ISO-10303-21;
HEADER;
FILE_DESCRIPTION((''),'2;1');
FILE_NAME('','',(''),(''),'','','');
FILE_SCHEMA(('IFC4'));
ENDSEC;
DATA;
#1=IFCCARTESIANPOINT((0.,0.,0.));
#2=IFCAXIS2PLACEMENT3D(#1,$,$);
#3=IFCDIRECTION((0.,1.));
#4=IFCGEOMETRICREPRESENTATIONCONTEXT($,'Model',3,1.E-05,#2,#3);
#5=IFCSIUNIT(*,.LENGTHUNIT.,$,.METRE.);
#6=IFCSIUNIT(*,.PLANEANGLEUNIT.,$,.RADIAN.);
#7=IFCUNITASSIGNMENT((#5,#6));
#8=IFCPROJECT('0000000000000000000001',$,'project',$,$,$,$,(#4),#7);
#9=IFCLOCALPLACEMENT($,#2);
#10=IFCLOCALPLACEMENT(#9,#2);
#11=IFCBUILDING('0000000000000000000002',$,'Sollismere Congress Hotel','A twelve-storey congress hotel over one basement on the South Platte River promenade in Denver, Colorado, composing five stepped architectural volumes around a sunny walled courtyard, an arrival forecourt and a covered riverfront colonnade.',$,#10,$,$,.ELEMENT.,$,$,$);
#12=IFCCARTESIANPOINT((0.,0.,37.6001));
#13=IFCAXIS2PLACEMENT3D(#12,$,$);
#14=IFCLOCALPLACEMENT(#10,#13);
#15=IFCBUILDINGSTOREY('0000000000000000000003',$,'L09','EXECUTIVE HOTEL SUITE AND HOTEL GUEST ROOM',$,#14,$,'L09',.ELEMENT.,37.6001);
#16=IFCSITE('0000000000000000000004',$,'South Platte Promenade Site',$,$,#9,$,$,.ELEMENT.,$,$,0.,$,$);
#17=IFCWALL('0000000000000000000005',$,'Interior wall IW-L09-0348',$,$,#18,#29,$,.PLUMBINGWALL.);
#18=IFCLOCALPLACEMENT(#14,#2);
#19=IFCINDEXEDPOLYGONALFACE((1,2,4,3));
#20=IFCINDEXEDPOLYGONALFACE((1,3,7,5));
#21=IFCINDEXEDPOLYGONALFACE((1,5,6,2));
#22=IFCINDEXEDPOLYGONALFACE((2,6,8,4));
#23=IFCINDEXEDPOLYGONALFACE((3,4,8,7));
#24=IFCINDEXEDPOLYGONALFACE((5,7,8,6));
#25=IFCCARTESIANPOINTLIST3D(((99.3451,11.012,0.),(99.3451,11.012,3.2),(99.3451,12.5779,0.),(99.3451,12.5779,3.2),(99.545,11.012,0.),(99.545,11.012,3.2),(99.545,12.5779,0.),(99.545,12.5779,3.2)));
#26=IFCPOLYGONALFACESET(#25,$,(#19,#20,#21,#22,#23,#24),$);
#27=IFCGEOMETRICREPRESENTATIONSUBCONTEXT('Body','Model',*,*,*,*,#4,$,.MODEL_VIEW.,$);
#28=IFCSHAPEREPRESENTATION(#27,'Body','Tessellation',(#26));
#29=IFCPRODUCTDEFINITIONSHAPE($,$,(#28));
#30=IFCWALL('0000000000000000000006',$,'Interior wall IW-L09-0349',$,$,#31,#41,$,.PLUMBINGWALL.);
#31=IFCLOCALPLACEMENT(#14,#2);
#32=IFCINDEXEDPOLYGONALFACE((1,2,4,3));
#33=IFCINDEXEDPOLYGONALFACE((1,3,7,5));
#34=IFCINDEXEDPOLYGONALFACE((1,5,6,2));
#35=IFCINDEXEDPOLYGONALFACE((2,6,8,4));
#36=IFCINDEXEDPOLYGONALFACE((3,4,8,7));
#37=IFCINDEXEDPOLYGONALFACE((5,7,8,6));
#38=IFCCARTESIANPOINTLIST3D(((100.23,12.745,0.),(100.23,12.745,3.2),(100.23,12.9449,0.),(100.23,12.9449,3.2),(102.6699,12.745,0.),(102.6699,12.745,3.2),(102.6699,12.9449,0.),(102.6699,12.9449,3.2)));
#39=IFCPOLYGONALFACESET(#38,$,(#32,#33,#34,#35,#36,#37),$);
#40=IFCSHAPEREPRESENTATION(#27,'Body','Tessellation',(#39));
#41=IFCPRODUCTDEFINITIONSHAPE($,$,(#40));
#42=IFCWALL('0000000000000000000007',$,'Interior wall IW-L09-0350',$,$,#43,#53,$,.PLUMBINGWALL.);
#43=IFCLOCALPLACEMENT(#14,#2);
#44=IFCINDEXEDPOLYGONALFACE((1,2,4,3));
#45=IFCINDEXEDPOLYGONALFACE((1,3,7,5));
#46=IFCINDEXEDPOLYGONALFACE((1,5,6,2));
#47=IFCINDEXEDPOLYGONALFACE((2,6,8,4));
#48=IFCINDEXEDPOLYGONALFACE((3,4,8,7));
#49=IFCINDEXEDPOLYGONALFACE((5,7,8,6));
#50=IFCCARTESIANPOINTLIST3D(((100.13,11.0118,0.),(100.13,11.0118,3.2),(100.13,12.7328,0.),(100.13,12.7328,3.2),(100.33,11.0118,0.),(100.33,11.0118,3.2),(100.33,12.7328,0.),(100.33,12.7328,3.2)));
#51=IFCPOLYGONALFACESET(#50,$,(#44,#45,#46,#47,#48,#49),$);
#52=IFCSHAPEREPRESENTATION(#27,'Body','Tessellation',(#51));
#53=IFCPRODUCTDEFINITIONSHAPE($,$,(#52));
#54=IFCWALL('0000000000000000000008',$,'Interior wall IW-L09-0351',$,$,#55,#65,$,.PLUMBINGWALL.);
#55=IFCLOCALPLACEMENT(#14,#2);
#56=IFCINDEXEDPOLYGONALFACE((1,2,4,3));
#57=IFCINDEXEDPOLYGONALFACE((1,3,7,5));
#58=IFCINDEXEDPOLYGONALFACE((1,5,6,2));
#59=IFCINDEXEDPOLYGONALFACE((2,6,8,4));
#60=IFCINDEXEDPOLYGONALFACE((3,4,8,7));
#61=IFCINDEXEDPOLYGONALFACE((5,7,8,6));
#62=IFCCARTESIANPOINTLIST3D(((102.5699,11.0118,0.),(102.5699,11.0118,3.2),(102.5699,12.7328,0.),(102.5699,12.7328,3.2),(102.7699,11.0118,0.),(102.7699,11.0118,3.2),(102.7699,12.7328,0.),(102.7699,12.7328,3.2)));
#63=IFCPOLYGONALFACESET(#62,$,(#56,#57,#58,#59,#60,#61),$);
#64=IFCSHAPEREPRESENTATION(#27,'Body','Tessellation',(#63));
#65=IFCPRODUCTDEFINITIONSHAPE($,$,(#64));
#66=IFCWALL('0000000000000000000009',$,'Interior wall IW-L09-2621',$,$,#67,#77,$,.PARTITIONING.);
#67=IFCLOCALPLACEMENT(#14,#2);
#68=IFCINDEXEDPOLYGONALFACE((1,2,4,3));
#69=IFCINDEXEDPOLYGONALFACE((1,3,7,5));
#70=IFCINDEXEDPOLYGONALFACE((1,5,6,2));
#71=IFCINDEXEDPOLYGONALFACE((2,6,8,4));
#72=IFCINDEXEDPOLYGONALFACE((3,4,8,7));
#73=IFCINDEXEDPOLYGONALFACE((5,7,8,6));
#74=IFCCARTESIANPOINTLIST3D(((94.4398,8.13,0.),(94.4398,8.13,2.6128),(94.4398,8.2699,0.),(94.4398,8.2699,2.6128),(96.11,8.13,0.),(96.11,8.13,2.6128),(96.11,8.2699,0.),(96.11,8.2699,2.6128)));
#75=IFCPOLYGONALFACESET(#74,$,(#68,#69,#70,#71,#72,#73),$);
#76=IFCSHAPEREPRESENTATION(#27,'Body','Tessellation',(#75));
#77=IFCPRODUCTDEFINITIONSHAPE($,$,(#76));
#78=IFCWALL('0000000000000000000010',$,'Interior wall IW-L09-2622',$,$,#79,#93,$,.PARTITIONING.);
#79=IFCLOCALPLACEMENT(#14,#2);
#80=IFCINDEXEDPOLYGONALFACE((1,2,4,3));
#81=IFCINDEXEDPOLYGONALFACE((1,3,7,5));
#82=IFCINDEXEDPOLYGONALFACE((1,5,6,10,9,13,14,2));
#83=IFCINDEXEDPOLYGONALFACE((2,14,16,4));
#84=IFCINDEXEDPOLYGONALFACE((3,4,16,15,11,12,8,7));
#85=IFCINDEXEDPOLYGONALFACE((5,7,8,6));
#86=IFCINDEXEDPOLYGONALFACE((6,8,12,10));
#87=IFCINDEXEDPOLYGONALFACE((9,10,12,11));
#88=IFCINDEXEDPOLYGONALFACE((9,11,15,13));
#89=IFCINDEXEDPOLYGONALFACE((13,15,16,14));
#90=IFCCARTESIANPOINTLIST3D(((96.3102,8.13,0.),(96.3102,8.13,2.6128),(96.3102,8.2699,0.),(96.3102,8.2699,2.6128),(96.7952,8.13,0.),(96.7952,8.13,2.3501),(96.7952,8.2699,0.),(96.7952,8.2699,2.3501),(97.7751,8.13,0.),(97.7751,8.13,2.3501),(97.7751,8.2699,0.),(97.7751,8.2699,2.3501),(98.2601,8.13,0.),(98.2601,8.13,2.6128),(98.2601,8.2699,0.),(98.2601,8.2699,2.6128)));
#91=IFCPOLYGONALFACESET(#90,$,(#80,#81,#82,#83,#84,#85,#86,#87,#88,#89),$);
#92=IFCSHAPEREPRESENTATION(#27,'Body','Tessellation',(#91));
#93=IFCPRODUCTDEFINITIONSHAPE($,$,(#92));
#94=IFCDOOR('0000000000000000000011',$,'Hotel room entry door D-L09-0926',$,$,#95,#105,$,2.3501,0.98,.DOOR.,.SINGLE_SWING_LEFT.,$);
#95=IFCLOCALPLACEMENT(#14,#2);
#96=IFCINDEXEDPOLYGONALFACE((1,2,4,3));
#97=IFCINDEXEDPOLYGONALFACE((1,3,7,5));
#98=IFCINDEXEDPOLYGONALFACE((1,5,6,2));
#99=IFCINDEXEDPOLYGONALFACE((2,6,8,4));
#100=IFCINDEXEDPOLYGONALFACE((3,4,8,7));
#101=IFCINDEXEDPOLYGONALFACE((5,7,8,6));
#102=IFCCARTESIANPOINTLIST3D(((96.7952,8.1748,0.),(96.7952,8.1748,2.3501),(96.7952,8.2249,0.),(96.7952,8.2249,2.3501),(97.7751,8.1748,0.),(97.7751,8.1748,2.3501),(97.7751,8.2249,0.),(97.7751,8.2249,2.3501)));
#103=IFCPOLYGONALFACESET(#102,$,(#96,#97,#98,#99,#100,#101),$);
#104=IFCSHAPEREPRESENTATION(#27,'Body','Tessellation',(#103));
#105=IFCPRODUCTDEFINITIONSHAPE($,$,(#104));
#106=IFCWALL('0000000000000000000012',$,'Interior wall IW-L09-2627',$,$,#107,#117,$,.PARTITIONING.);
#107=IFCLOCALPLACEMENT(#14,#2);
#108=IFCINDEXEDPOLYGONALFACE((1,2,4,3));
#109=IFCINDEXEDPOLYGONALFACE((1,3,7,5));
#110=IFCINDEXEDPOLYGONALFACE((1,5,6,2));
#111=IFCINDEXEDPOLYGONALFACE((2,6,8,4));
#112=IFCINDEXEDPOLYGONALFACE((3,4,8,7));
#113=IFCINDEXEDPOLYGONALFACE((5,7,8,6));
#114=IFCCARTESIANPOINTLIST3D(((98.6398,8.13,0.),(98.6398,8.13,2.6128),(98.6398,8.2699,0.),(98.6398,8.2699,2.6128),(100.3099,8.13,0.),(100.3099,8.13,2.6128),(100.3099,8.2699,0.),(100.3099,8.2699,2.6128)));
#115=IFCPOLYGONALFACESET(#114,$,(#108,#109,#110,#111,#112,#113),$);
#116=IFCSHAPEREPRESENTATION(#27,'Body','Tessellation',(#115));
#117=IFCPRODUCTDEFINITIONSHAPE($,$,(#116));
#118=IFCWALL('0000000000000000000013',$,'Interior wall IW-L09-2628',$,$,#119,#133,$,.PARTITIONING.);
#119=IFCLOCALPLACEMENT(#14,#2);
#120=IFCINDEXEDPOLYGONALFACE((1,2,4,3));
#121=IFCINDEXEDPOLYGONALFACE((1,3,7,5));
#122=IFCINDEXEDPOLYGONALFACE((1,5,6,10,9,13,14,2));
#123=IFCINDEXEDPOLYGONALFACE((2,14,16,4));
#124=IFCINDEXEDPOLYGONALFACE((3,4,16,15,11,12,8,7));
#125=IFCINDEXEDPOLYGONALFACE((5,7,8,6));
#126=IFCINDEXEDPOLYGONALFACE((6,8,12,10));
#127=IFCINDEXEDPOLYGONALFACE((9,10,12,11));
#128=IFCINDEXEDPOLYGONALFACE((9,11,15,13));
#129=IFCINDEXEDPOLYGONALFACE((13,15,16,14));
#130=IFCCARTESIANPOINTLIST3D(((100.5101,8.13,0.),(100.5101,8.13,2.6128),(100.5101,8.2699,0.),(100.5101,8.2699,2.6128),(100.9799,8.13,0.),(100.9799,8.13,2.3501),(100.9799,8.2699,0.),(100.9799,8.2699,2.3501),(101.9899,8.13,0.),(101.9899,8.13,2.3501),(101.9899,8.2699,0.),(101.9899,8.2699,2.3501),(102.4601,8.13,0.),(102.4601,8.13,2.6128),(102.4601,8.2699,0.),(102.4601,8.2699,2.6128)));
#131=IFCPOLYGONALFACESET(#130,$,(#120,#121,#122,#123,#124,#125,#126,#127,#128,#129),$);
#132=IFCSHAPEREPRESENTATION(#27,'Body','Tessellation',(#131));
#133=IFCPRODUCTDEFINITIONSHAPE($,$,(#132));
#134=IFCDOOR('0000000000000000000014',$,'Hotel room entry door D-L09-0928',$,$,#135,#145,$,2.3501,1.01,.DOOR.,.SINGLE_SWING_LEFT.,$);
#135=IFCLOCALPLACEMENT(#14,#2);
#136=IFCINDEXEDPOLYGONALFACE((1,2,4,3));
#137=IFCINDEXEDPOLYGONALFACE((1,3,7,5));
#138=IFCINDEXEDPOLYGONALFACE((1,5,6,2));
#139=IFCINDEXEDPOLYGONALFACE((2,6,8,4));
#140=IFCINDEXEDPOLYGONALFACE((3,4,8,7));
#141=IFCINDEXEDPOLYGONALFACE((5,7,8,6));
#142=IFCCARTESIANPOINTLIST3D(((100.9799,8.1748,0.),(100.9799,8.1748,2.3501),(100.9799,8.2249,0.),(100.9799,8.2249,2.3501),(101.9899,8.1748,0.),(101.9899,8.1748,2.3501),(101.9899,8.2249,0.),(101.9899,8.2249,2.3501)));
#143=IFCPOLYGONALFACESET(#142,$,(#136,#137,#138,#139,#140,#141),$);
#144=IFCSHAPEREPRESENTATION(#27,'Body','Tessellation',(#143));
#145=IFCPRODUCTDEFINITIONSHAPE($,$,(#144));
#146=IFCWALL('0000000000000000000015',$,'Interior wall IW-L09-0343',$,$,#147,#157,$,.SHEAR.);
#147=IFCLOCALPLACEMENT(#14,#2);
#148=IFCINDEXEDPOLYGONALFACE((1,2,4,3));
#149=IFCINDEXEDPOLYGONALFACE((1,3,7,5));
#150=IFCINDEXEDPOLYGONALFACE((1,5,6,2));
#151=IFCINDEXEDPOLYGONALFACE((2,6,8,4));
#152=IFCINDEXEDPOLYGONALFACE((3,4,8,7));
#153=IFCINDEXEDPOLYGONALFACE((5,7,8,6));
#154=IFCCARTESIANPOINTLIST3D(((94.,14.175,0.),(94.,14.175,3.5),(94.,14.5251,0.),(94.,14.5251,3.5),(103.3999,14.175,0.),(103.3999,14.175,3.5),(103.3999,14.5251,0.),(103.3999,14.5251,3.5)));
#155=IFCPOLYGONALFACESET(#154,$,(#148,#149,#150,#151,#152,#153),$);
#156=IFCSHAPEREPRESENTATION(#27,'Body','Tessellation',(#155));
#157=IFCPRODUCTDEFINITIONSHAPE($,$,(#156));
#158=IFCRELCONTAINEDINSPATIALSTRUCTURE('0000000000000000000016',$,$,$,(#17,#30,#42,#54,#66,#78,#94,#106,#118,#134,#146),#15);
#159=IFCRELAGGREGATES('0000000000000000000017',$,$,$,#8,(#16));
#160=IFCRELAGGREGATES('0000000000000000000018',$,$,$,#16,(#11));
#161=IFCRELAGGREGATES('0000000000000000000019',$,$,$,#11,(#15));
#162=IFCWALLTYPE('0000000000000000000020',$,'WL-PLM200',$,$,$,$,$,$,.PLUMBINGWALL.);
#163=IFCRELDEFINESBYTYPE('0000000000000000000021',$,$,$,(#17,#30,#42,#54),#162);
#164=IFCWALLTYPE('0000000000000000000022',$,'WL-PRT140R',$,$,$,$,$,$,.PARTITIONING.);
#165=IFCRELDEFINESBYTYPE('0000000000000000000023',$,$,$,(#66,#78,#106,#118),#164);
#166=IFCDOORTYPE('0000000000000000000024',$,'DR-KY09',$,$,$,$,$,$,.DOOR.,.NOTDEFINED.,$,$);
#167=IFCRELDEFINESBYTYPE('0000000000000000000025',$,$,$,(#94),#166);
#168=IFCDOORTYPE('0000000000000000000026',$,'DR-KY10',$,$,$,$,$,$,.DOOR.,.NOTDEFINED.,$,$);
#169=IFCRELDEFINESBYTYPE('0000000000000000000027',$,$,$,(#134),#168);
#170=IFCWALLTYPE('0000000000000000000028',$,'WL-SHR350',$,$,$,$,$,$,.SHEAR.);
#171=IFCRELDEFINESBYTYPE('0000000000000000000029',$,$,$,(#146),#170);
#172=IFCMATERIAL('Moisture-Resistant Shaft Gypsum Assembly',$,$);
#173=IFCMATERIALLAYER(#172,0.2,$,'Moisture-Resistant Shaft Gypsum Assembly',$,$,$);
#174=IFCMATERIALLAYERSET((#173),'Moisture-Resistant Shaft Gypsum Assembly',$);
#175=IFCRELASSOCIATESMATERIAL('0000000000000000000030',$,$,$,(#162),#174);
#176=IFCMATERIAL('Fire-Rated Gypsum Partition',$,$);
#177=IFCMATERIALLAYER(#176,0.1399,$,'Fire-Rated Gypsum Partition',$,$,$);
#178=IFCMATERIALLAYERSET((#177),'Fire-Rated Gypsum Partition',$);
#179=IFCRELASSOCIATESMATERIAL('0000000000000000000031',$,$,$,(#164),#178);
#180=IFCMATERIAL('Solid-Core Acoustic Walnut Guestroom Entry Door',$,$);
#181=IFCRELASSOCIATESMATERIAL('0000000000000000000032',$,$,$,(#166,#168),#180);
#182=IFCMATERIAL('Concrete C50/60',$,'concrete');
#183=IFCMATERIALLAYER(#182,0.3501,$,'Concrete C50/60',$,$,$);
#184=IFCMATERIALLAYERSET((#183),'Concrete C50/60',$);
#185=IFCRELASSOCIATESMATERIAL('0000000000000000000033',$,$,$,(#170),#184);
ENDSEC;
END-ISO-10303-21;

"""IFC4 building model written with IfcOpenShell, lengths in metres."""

from ifc_helpers import new_model, si_unit, direction, frame, frame_2d, origin, place, context, subcontext, project, spatial, rectangle, extrude, material, layer, layer_set, type_object, element, fill, save


model = new_model("IFC4")

# Units and contexts
model_context = context("Model", 3, precision=1e-05, world=origin(), true_north=direction((0.0, 1.0)))
body_context = subcontext(model_context, "Body", "Model", "MODEL_VIEW")
ifc_project = project(units=[si_unit("LENGTHUNIT", "METRE"), si_unit("PLANEANGLEUNIT", "RADIAN")], contexts=[model_context])

# Site, building, storey
site_placement = place(None, origin())
site = spatial("IfcSite", under=ifc_project, at=site_placement, Name="South Platte Promenade Site", CompositionType="ELEMENT", RefElevation=0.0)
building_placement = place(site_placement, origin())
building = spatial("IfcBuilding", under=site, at=building_placement, Name="Sollismere Congress Hotel", Description="A twelve-storey congress hotel over one basement on the South Platte River promenade in Denver, Colorado, composing five stepped architectural volumes around a sunny walled courtyard, an arrival forecourt and a covered riverfront colonnade.", CompositionType="ELEMENT")
storey_placement = place(building_placement, frame((0.0, 0.0, 37.6001)))
storey = spatial("IfcBuildingStorey", under=building, at=storey_placement, Name="L09", Description="EXECUTIVE HOTEL SUITE AND HOTEL GUEST ROOM", LongName="L09", CompositionType="ELEMENT", Elevation=37.6001)

# Walls
ifc_material_1 = material(Name="Moisture-Resistant Shaft Gypsum Assembly")
ifc_layer_1 = layer(ifc_material_1, 0.2, Name="Moisture-Resistant Shaft Gypsum Assembly")
ifc_layer_set_1 = layer_set([ifc_layer_1], Name="Moisture-Resistant Shaft Gypsum Assembly")
wall_type_1 = type_object("IfcWallType", Name="WL-PLM200", PredefinedType="PLUMBINGWALL", material=ifc_layer_set_1)
for number, where, z_axis, x_axis, name in (
    (1, (99.4451, 11.012, 0.0), (0.0, 0.0, 1.0), (0.0, 1.0, 0.0), "Interior wall IW-L09-0348"),
):
    element("IfcWall", number, at=place(storey_placement, frame(where, z_axis=z_axis, x_axis=x_axis)), inside=storey, type_object=wall_type_1, Name=name, PredefinedType="PLUMBINGWALL", context=body_context, shape_type="SweptSolid", body=[
        extrude(rectangle(XDim=1.5659, YDim=0.2, at=frame_2d((0.783, 0.0))), origin(), (0.0, 0.0, 1.0), 3.2),
    ])
wall_1_placement = place(storey_placement, frame((100.23, 12.845, 0.0), z_axis=(0.0, 0.0, 1.0), x_axis=(1.0, 0.0, 0.0)))
element("IfcWall", 2, at=wall_1_placement, inside=storey, type_object=wall_type_1, Name="Interior wall IW-L09-0349", PredefinedType="PLUMBINGWALL", context=body_context, shape_type="SweptSolid", body=[
    extrude(rectangle(XDim=2.4399, YDim=0.2, at=frame_2d((1.22, 0.0))), origin(), (0.0, 0.0, 1.0), 3.2),
])
for number, where, z_axis, x_axis, name in (
    (3, (100.23, 11.012, 0.0), (0.0, 0.0, 1.0), (0.0, 1.0, 0.0), "Interior wall IW-L09-0350"),
    (4, (102.6699, 11.012, 0.0), (0.0, 0.0, 1.0), (0.0, 1.0, 0.0), "Interior wall IW-L09-0351"),
):
    element("IfcWall", number, at=place(storey_placement, frame(where, z_axis=z_axis, x_axis=x_axis)), inside=storey, type_object=wall_type_1, Name=name, PredefinedType="PLUMBINGWALL", context=body_context, shape_type="SweptSolid", body=[
        extrude(rectangle(XDim=1.7209, YDim=0.2, at=frame_2d((0.8604, 0.0))), origin(), (0.0, 0.0, 1.0), 3.2),
    ])
ifc_material_2 = material(Name="Fire-Rated Gypsum Partition")
ifc_layer_2 = layer(ifc_material_2, 0.1399, Name="Fire-Rated Gypsum Partition")
ifc_layer_set_2 = layer_set([ifc_layer_2], Name="Fire-Rated Gypsum Partition")
wall_type_2 = type_object("IfcWallType", Name="WL-PRT140R", PredefinedType="PARTITIONING", material=ifc_layer_set_2)
wall_2_placement = place(storey_placement, frame((94.4399, 8.2, 0.0), z_axis=(0.0, 0.0, 1.0), x_axis=(1.0, 0.0, 0.0)))
element("IfcWall", 5, at=wall_2_placement, inside=storey, type_object=wall_type_2, Name="Interior wall IW-L09-2621", PredefinedType="PARTITIONING", context=body_context, shape_type="SweptSolid", body=[
    extrude(rectangle(XDim=1.6702, YDim=0.1399, at=frame_2d((0.835, 0.0))), origin(), (0.0, 0.0, 1.0), 2.6128),
])

# Wall, opening, door
wall_3_placement = place(storey_placement, frame((96.3101, 8.2, 0.0), z_axis=(0.0, 0.0, 1.0), x_axis=(1.0, 0.0, 0.0)))
wall_3 = element("IfcWall", 6, at=wall_3_placement, inside=storey, type_object=wall_type_2, Name="Interior wall IW-L09-2622", PredefinedType="PARTITIONING", context=body_context, shape_type="SweptSolid", body=[
    extrude(rectangle(XDim=1.95, YDim=0.1399, at=frame_2d((0.9751, 0.0))), origin(), (0.0, 0.0, 1.0), 2.6128),
])
opening_1_placement = place(wall_3_placement, frame((0.4851, 0.0, 0.0)))
opening_1 = element("IfcOpeningElement", 7, at=opening_1_placement, cuts=wall_3, PredefinedType="OPENING", context=body_context, shape_type="SweptSolid", body=[
    extrude(rectangle(XDim=0.98, YDim=2.3501, at=frame_2d((0.49, 1.175))), frame((0.0, 0.0798, 0.0), z_axis=(0.0, -1.0, 0.0), x_axis=(1.0, 0.0, 0.0)), (0.0, 0.0, 1.0), 0.1599),
])
ifc_material_3 = material(Name="Solid-Core Acoustic Walnut Guestroom Entry Door")
door_type_1 = type_object("IfcDoorType", Name="DR-KY09", OperationType="NOTDEFINED", PredefinedType="DOOR", material=ifc_material_3)
door_1_placement = place(opening_1_placement, origin())
door_1 = element("IfcDoor", 8, at=door_1_placement, inside=storey, type_object=door_type_1, Name="Hotel room entry door D-L09-0926", OperationType="SINGLE_SWING_LEFT", OverallHeight=2.3501, OverallWidth=0.98, PredefinedType="DOOR", context=body_context, shape_type="SweptSolid", body=[
    extrude(rectangle(XDim=0.98, YDim=2.3501, at=frame_2d((0.49, 1.175))), frame((0.0, 0.0249, 0.0), z_axis=(0.0, -1.0, 0.0), x_axis=(1.0, 0.0, 0.0)), (0.0, 0.0, 1.0), 0.05),
])
fill(opening_1, door_1)

# Wall
wall_4_placement = place(storey_placement, frame((98.6399, 8.2, 0.0), z_axis=(0.0, 0.0, 1.0), x_axis=(1.0, 0.0, 0.0)))
element("IfcWall", 9, at=wall_4_placement, inside=storey, type_object=wall_type_2, Name="Interior wall IW-L09-2627", PredefinedType="PARTITIONING", context=body_context, shape_type="SweptSolid", body=[
    extrude(rectangle(XDim=1.6702, YDim=0.1399, at=frame_2d((0.835, 0.0))), origin(), (0.0, 0.0, 1.0), 2.6128),
])

# Wall, opening, door
wall_5_placement = place(storey_placement, frame((100.51, 8.2, 0.0), z_axis=(0.0, 0.0, 1.0), x_axis=(1.0, 0.0, 0.0)))
wall_5 = element("IfcWall", 10, at=wall_5_placement, inside=storey, type_object=wall_type_2, Name="Interior wall IW-L09-2628", PredefinedType="PARTITIONING", context=body_context, shape_type="SweptSolid", body=[
    extrude(rectangle(XDim=1.95, YDim=0.1399, at=frame_2d((0.9751, 0.0))), origin(), (0.0, 0.0, 1.0), 2.6128),
])
opening_2_placement = place(wall_5_placement, frame((0.47, 0.0, 0.0)))
opening_2 = element("IfcOpeningElement", 11, at=opening_2_placement, cuts=wall_5, PredefinedType="OPENING", context=body_context, shape_type="SweptSolid", body=[
    extrude(rectangle(XDim=1.01, YDim=2.3501, at=frame_2d((0.5049, 1.175))), frame((0.0, 0.0798, 0.0), z_axis=(0.0, -1.0, 0.0), x_axis=(1.0, 0.0, 0.0)), (0.0, 0.0, 1.0), 0.1599),
])
door_type_2 = type_object("IfcDoorType", Name="DR-KY10", OperationType="NOTDEFINED", PredefinedType="DOOR", material=ifc_material_3)
door_2_placement = place(opening_2_placement, origin())
door_2 = element("IfcDoor", 12, at=door_2_placement, inside=storey, type_object=door_type_2, Name="Hotel room entry door D-L09-0928", OperationType="SINGLE_SWING_LEFT", OverallHeight=2.3501, OverallWidth=1.01, PredefinedType="DOOR", context=body_context, shape_type="SweptSolid", body=[
    extrude(rectangle(XDim=1.01, YDim=2.3501, at=frame_2d((0.5049, 1.175))), frame((0.0, 0.0249, 0.0), z_axis=(0.0, -1.0, 0.0), x_axis=(1.0, 0.0, 0.0)), (0.0, 0.0, 1.0), 0.05),
])
fill(opening_2, door_2)

# Wall
ifc_material_4 = material(Name="Concrete C50/60", Category="concrete")
ifc_layer_3 = layer(ifc_material_4, 0.3501, Name="Concrete C50/60")
ifc_layer_set_3 = layer_set([ifc_layer_3], Name="Concrete C50/60")
wall_type_3 = type_object("IfcWallType", Name="WL-SHR350", PredefinedType="SHEAR", material=ifc_layer_set_3)
wall_6_placement = place(storey_placement, frame((94.0, 14.3501, 0.0), z_axis=(0.0, 0.0, 1.0), x_axis=(1.0, 0.0, 0.0)))
element("IfcWall", 13, at=wall_6_placement, inside=storey, type_object=wall_type_3, Name="Interior wall IW-L09-0343", PredefinedType="SHEAR", context=body_context, shape_type="SweptSolid", body=[
    extrude(rectangle(XDim=9.3999, YDim=0.3501, at=frame_2d((4.7, 0.0))), origin(), (0.0, 0.0, 1.0), 3.5),
])

save(model, "model.ifc")
